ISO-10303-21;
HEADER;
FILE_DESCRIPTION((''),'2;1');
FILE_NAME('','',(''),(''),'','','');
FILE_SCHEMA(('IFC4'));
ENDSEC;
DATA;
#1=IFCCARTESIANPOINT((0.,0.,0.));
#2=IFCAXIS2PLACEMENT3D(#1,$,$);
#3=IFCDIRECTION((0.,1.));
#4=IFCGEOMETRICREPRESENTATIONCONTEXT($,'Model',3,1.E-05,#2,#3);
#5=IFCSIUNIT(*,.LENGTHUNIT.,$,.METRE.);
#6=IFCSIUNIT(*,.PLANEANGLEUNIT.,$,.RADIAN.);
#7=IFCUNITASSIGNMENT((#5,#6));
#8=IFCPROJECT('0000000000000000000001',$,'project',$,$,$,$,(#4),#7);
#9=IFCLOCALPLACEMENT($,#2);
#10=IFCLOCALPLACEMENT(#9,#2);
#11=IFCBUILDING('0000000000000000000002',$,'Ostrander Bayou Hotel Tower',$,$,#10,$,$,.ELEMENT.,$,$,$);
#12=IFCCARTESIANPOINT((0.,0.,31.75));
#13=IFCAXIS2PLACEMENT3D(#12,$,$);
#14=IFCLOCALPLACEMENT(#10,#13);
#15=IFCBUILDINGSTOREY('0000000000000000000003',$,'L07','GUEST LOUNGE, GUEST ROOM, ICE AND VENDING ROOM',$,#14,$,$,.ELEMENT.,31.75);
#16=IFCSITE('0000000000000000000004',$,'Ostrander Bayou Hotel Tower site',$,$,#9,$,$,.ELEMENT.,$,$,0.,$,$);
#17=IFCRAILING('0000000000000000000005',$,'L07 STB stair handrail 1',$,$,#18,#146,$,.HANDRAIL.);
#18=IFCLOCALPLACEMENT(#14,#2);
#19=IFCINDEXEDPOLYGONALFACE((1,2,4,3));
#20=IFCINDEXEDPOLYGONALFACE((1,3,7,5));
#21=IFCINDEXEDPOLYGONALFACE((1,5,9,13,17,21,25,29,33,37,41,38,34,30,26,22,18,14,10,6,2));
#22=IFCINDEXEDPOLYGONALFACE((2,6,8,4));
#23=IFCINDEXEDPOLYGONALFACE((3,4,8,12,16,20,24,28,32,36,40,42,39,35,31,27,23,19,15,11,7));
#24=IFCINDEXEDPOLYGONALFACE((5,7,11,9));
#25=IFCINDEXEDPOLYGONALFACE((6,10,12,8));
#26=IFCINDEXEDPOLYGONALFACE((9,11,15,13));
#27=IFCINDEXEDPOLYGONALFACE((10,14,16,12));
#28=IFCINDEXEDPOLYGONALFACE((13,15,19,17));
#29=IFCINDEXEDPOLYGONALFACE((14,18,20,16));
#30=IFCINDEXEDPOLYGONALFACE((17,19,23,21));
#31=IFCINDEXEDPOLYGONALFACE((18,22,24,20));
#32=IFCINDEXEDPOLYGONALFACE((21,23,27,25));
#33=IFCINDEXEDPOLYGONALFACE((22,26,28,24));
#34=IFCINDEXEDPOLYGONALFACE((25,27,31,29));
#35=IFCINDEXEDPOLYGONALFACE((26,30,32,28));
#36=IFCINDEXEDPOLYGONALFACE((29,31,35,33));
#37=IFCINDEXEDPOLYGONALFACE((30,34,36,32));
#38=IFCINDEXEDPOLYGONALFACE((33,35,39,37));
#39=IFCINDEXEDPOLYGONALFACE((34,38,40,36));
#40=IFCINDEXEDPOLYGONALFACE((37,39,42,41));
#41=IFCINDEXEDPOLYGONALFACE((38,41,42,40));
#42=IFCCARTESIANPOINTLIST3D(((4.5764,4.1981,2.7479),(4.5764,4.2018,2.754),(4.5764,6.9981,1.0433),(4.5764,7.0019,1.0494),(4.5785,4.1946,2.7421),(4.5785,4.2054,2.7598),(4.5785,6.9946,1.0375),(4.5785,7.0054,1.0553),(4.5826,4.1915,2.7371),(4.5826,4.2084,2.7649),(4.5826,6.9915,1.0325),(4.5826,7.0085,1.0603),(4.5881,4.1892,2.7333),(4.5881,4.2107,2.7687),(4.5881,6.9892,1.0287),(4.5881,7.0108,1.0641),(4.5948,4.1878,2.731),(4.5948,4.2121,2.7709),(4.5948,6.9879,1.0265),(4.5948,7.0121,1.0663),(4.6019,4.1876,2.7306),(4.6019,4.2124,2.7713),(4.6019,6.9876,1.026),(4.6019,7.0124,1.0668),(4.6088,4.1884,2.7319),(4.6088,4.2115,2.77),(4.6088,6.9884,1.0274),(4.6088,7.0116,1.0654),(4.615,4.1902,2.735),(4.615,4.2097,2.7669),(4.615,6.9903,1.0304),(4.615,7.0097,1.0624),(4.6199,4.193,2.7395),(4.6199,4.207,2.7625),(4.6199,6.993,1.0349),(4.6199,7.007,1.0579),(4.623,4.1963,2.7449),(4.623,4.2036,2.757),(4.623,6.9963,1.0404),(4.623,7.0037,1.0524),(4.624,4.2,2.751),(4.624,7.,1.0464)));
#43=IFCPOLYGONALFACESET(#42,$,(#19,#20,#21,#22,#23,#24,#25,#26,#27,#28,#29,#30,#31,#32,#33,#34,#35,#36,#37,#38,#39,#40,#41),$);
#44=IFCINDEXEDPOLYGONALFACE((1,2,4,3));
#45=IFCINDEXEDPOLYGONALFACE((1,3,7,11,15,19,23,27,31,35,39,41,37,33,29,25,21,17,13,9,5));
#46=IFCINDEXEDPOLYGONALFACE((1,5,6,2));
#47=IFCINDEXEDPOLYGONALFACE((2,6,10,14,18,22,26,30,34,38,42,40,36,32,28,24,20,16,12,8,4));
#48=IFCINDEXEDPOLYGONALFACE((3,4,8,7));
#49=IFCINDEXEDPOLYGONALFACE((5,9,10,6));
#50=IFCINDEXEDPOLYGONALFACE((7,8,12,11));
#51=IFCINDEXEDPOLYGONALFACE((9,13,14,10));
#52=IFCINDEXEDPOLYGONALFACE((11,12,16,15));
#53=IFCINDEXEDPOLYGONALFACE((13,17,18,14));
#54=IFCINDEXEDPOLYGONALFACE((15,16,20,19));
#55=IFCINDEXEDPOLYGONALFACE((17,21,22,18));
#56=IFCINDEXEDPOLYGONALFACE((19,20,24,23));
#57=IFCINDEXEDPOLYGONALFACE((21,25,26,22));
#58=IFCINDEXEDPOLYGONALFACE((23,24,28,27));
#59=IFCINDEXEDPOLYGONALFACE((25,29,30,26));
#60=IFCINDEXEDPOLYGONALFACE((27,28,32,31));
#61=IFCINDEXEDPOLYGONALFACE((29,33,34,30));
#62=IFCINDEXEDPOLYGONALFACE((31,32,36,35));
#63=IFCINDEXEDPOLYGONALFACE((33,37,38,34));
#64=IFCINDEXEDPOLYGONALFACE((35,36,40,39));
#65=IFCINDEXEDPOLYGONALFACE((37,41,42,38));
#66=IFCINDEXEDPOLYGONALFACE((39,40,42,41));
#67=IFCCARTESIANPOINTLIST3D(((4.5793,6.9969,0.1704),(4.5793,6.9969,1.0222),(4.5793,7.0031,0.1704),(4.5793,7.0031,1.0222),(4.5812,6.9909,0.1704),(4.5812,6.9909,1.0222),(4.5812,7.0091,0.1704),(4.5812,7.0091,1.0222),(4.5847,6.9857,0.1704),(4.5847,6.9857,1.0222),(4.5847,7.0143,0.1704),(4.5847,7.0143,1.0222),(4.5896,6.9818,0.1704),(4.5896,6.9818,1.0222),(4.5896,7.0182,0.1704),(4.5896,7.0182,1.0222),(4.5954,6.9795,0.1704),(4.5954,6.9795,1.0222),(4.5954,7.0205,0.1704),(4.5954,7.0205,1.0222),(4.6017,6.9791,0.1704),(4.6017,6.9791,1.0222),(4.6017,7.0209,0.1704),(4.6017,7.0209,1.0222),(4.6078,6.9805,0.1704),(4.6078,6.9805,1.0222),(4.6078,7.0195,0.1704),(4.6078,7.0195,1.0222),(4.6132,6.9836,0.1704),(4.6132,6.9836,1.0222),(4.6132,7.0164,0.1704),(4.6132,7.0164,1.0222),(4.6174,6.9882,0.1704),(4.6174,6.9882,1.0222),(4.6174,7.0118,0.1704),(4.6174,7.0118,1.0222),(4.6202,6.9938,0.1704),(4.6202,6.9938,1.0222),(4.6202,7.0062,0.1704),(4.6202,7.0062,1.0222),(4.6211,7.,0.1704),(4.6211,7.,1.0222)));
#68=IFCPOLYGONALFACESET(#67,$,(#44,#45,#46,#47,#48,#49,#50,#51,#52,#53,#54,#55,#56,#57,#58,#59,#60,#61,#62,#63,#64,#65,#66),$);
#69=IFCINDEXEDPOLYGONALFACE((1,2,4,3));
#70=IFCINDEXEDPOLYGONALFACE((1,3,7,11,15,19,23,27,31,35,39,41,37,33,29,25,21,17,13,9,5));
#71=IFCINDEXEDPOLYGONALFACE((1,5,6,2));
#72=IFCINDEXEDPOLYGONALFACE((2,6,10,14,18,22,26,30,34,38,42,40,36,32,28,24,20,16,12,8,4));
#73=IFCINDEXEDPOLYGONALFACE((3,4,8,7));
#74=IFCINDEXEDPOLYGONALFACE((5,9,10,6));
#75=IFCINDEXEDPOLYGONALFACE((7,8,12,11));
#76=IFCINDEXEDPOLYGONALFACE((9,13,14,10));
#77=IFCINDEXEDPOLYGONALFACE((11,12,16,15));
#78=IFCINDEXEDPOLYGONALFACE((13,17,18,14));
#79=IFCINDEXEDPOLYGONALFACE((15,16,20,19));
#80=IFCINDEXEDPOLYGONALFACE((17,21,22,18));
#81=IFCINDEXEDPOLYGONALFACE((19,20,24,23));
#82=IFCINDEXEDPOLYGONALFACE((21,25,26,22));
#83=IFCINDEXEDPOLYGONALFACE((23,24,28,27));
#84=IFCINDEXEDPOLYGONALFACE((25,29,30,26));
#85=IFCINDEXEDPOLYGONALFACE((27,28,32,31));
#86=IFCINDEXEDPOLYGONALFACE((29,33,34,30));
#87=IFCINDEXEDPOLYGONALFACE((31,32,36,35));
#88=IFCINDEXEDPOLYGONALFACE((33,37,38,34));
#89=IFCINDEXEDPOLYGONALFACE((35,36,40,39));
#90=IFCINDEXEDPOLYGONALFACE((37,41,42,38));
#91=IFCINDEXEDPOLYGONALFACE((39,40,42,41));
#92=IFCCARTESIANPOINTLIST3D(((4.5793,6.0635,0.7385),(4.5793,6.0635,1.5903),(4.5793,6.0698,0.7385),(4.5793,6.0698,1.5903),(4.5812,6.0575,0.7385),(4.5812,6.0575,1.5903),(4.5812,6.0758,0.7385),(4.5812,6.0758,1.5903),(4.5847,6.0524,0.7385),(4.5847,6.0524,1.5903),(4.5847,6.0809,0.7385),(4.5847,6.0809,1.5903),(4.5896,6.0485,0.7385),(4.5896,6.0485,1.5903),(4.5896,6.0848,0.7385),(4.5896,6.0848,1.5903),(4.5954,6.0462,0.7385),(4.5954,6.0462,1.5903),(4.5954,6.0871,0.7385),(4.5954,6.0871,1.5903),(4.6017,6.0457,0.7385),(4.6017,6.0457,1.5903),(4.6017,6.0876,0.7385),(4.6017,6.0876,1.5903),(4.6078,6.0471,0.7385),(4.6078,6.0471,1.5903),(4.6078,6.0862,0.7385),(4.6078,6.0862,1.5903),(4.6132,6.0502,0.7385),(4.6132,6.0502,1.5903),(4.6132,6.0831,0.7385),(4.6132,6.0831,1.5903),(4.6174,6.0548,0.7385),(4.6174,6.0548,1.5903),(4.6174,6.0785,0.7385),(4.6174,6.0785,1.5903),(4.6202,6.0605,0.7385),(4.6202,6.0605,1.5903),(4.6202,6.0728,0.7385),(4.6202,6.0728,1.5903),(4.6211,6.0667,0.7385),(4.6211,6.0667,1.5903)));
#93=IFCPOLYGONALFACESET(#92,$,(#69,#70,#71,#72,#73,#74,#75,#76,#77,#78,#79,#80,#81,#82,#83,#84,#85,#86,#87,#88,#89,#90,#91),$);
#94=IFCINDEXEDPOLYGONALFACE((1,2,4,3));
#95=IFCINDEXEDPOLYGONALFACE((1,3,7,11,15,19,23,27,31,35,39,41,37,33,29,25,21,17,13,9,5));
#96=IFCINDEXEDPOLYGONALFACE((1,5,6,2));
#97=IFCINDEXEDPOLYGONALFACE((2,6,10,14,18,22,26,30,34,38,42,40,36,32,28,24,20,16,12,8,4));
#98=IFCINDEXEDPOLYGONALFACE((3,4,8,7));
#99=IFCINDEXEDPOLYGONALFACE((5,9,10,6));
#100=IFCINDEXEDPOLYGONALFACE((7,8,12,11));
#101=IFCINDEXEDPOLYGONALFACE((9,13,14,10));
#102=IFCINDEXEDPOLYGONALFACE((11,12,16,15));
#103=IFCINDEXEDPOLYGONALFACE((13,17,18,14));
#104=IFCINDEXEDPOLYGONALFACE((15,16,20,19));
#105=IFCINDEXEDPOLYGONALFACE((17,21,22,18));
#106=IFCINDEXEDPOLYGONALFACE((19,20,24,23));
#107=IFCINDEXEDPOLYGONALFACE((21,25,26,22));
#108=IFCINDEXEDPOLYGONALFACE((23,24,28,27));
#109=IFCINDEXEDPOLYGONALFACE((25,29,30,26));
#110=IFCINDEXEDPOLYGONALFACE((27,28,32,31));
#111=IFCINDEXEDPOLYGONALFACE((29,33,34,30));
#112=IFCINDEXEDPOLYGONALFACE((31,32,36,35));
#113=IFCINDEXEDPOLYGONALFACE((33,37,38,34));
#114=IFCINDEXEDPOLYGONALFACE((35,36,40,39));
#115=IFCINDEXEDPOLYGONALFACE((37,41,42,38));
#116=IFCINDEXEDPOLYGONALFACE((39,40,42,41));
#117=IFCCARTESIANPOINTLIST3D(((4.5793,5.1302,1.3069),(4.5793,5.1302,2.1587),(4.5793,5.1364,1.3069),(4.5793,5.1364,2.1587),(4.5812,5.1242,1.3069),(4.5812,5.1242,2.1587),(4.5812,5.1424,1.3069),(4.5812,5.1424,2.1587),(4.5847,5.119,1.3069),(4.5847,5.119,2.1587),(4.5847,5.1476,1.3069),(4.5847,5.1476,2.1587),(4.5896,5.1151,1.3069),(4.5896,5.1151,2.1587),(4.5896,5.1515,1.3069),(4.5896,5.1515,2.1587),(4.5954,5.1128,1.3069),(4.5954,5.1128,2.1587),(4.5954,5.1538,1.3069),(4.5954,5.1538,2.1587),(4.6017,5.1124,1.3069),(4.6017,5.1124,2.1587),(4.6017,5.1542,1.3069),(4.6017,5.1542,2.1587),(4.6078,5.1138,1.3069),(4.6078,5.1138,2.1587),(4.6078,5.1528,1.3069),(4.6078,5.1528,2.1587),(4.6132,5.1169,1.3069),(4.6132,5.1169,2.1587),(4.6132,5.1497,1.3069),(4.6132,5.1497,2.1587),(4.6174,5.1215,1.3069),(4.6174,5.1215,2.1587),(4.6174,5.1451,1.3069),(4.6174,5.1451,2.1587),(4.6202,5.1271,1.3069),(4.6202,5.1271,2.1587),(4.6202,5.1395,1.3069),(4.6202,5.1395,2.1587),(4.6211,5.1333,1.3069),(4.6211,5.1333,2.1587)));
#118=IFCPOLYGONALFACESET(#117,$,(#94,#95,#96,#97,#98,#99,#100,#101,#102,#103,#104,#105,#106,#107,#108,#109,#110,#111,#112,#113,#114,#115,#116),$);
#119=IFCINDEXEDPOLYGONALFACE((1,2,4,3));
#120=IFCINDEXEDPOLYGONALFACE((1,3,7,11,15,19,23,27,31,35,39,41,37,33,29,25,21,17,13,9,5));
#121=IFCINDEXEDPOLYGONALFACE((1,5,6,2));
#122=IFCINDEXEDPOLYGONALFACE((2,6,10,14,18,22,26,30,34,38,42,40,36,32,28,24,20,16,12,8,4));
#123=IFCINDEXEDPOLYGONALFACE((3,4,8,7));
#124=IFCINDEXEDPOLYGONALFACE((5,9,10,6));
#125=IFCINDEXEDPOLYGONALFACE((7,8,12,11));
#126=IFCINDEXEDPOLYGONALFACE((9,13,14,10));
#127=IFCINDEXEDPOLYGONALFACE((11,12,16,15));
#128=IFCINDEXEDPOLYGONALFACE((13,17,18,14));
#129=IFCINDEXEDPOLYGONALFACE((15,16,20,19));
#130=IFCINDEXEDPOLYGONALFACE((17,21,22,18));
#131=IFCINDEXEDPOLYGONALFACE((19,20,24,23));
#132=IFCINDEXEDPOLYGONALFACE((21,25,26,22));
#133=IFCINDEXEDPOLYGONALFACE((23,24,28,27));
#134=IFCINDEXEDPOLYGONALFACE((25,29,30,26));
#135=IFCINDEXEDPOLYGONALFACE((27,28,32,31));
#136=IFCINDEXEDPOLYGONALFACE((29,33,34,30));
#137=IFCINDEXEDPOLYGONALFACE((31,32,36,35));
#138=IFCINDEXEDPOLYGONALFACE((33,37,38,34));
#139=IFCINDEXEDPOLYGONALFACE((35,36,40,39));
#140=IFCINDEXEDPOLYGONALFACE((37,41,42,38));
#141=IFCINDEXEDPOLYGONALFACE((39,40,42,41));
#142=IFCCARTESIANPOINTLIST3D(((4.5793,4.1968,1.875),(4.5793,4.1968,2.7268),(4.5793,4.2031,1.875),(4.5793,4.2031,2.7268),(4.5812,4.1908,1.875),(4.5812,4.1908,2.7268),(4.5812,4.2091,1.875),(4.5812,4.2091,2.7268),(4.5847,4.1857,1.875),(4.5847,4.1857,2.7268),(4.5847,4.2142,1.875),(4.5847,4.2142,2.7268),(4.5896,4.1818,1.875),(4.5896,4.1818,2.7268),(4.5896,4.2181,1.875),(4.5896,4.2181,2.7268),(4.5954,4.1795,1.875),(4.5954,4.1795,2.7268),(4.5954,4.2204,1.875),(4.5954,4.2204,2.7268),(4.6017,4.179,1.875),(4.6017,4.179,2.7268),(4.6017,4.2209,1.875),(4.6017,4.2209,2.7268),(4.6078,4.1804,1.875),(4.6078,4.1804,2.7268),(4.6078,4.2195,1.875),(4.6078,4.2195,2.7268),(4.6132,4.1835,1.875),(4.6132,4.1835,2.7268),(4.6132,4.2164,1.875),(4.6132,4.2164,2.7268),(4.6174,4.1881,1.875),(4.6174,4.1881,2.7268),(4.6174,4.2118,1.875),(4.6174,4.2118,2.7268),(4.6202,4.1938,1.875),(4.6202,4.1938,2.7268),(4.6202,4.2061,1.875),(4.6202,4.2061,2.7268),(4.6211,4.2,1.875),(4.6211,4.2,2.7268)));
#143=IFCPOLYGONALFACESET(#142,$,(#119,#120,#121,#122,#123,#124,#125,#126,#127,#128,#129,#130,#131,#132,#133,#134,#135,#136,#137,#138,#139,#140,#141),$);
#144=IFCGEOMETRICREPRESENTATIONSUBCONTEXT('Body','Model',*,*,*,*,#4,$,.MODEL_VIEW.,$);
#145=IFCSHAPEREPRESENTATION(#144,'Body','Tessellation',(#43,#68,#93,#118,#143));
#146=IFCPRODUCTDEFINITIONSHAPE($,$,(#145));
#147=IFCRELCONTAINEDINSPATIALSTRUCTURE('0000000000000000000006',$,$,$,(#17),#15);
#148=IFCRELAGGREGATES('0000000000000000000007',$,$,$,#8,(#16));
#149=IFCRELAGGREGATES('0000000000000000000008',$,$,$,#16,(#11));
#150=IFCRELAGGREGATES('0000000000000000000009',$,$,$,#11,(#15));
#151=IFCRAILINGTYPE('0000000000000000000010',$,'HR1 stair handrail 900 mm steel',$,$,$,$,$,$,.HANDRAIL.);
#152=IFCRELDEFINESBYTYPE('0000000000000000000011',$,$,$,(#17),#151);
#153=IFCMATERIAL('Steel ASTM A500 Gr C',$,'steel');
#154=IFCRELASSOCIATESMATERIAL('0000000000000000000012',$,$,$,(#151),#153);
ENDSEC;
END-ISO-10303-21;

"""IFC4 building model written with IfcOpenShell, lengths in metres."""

from ifc_helpers import new_model, si_unit, direction, frame, origin, origin_2d, place, context, subcontext, project, spatial, circle, extrude, material, type_object, element, save


model = new_model("IFC4")

# Units and contexts
model_context = context("Model", 3, precision=1e-05, world=origin(), true_north=direction((0.0, 1.0)))
body_context = subcontext(model_context, "Body", "Model", "MODEL_VIEW")
ifc_project = project(units=[si_unit("LENGTHUNIT", "METRE"), si_unit("PLANEANGLEUNIT", "RADIAN")], contexts=[model_context])

# Site, building, storey
site_placement = place(None, origin())
site = spatial("IfcSite", under=ifc_project, at=site_placement, Name="Ostrander Bayou Hotel Tower site", CompositionType="ELEMENT", RefElevation=0.0)
building_placement = place(site_placement, origin())
building = spatial("IfcBuilding", under=site, at=building_placement, Name="Ostrander Bayou Hotel Tower", CompositionType="ELEMENT")
storey_placement = place(building_placement, frame((0.0, 0.0, 31.75)))
storey = spatial("IfcBuildingStorey", under=building, at=storey_placement, Name="L07", Description="GUEST LOUNGE, GUEST ROOM, ICE AND VENDING ROOM", CompositionType="ELEMENT", Elevation=31.75)

# Railing
ifc_material_1 = material(Name="Steel ASTM A500 Gr C", Category="steel")
railing_type_1 = type_object("IfcRailingType", Name="HR1 stair handrail 900 mm steel", PredefinedType="HANDRAIL", material=ifc_material_1)
railing_1_placement = place(storey_placement, frame((4.6001, 7.0, 0.1704)))
element("IfcRailing", 1, at=railing_1_placement, inside=storey, type_object=railing_type_1, Name="L07 STB stair handrail 1", PredefinedType="HANDRAIL", context=body_context, shape_type="SweptSolid", body=[
    extrude(circle(Radius=0.0239, at=origin_2d()), frame((0.0, 0.0, 0.876), z_axis=(0.0, -0.85417, 0.519994), x_axis=(1.0, 0.0, 0.0)), (0.0, 0.0, 1.0), 3.2781),
    extrude(circle(Radius=0.021, at=origin_2d()), origin(), (0.0, 0.0, 1.0), 0.8518),
    extrude(circle(Radius=0.021, at=origin_2d()), frame((0.0, -0.9333, 0.5681)), (0.0, 0.0, 1.0), 0.8518),
    extrude(circle(Radius=0.021, at=origin_2d()), frame((0.0, -1.8667, 1.1365)), (0.0, 0.0, 1.0), 0.8518),
    extrude(circle(Radius=0.021, at=origin_2d()), frame((0.0, -2.8, 1.7046)), (0.0, 0.0, 1.0), 0.8518),
])

save(model, "model.ifc")
